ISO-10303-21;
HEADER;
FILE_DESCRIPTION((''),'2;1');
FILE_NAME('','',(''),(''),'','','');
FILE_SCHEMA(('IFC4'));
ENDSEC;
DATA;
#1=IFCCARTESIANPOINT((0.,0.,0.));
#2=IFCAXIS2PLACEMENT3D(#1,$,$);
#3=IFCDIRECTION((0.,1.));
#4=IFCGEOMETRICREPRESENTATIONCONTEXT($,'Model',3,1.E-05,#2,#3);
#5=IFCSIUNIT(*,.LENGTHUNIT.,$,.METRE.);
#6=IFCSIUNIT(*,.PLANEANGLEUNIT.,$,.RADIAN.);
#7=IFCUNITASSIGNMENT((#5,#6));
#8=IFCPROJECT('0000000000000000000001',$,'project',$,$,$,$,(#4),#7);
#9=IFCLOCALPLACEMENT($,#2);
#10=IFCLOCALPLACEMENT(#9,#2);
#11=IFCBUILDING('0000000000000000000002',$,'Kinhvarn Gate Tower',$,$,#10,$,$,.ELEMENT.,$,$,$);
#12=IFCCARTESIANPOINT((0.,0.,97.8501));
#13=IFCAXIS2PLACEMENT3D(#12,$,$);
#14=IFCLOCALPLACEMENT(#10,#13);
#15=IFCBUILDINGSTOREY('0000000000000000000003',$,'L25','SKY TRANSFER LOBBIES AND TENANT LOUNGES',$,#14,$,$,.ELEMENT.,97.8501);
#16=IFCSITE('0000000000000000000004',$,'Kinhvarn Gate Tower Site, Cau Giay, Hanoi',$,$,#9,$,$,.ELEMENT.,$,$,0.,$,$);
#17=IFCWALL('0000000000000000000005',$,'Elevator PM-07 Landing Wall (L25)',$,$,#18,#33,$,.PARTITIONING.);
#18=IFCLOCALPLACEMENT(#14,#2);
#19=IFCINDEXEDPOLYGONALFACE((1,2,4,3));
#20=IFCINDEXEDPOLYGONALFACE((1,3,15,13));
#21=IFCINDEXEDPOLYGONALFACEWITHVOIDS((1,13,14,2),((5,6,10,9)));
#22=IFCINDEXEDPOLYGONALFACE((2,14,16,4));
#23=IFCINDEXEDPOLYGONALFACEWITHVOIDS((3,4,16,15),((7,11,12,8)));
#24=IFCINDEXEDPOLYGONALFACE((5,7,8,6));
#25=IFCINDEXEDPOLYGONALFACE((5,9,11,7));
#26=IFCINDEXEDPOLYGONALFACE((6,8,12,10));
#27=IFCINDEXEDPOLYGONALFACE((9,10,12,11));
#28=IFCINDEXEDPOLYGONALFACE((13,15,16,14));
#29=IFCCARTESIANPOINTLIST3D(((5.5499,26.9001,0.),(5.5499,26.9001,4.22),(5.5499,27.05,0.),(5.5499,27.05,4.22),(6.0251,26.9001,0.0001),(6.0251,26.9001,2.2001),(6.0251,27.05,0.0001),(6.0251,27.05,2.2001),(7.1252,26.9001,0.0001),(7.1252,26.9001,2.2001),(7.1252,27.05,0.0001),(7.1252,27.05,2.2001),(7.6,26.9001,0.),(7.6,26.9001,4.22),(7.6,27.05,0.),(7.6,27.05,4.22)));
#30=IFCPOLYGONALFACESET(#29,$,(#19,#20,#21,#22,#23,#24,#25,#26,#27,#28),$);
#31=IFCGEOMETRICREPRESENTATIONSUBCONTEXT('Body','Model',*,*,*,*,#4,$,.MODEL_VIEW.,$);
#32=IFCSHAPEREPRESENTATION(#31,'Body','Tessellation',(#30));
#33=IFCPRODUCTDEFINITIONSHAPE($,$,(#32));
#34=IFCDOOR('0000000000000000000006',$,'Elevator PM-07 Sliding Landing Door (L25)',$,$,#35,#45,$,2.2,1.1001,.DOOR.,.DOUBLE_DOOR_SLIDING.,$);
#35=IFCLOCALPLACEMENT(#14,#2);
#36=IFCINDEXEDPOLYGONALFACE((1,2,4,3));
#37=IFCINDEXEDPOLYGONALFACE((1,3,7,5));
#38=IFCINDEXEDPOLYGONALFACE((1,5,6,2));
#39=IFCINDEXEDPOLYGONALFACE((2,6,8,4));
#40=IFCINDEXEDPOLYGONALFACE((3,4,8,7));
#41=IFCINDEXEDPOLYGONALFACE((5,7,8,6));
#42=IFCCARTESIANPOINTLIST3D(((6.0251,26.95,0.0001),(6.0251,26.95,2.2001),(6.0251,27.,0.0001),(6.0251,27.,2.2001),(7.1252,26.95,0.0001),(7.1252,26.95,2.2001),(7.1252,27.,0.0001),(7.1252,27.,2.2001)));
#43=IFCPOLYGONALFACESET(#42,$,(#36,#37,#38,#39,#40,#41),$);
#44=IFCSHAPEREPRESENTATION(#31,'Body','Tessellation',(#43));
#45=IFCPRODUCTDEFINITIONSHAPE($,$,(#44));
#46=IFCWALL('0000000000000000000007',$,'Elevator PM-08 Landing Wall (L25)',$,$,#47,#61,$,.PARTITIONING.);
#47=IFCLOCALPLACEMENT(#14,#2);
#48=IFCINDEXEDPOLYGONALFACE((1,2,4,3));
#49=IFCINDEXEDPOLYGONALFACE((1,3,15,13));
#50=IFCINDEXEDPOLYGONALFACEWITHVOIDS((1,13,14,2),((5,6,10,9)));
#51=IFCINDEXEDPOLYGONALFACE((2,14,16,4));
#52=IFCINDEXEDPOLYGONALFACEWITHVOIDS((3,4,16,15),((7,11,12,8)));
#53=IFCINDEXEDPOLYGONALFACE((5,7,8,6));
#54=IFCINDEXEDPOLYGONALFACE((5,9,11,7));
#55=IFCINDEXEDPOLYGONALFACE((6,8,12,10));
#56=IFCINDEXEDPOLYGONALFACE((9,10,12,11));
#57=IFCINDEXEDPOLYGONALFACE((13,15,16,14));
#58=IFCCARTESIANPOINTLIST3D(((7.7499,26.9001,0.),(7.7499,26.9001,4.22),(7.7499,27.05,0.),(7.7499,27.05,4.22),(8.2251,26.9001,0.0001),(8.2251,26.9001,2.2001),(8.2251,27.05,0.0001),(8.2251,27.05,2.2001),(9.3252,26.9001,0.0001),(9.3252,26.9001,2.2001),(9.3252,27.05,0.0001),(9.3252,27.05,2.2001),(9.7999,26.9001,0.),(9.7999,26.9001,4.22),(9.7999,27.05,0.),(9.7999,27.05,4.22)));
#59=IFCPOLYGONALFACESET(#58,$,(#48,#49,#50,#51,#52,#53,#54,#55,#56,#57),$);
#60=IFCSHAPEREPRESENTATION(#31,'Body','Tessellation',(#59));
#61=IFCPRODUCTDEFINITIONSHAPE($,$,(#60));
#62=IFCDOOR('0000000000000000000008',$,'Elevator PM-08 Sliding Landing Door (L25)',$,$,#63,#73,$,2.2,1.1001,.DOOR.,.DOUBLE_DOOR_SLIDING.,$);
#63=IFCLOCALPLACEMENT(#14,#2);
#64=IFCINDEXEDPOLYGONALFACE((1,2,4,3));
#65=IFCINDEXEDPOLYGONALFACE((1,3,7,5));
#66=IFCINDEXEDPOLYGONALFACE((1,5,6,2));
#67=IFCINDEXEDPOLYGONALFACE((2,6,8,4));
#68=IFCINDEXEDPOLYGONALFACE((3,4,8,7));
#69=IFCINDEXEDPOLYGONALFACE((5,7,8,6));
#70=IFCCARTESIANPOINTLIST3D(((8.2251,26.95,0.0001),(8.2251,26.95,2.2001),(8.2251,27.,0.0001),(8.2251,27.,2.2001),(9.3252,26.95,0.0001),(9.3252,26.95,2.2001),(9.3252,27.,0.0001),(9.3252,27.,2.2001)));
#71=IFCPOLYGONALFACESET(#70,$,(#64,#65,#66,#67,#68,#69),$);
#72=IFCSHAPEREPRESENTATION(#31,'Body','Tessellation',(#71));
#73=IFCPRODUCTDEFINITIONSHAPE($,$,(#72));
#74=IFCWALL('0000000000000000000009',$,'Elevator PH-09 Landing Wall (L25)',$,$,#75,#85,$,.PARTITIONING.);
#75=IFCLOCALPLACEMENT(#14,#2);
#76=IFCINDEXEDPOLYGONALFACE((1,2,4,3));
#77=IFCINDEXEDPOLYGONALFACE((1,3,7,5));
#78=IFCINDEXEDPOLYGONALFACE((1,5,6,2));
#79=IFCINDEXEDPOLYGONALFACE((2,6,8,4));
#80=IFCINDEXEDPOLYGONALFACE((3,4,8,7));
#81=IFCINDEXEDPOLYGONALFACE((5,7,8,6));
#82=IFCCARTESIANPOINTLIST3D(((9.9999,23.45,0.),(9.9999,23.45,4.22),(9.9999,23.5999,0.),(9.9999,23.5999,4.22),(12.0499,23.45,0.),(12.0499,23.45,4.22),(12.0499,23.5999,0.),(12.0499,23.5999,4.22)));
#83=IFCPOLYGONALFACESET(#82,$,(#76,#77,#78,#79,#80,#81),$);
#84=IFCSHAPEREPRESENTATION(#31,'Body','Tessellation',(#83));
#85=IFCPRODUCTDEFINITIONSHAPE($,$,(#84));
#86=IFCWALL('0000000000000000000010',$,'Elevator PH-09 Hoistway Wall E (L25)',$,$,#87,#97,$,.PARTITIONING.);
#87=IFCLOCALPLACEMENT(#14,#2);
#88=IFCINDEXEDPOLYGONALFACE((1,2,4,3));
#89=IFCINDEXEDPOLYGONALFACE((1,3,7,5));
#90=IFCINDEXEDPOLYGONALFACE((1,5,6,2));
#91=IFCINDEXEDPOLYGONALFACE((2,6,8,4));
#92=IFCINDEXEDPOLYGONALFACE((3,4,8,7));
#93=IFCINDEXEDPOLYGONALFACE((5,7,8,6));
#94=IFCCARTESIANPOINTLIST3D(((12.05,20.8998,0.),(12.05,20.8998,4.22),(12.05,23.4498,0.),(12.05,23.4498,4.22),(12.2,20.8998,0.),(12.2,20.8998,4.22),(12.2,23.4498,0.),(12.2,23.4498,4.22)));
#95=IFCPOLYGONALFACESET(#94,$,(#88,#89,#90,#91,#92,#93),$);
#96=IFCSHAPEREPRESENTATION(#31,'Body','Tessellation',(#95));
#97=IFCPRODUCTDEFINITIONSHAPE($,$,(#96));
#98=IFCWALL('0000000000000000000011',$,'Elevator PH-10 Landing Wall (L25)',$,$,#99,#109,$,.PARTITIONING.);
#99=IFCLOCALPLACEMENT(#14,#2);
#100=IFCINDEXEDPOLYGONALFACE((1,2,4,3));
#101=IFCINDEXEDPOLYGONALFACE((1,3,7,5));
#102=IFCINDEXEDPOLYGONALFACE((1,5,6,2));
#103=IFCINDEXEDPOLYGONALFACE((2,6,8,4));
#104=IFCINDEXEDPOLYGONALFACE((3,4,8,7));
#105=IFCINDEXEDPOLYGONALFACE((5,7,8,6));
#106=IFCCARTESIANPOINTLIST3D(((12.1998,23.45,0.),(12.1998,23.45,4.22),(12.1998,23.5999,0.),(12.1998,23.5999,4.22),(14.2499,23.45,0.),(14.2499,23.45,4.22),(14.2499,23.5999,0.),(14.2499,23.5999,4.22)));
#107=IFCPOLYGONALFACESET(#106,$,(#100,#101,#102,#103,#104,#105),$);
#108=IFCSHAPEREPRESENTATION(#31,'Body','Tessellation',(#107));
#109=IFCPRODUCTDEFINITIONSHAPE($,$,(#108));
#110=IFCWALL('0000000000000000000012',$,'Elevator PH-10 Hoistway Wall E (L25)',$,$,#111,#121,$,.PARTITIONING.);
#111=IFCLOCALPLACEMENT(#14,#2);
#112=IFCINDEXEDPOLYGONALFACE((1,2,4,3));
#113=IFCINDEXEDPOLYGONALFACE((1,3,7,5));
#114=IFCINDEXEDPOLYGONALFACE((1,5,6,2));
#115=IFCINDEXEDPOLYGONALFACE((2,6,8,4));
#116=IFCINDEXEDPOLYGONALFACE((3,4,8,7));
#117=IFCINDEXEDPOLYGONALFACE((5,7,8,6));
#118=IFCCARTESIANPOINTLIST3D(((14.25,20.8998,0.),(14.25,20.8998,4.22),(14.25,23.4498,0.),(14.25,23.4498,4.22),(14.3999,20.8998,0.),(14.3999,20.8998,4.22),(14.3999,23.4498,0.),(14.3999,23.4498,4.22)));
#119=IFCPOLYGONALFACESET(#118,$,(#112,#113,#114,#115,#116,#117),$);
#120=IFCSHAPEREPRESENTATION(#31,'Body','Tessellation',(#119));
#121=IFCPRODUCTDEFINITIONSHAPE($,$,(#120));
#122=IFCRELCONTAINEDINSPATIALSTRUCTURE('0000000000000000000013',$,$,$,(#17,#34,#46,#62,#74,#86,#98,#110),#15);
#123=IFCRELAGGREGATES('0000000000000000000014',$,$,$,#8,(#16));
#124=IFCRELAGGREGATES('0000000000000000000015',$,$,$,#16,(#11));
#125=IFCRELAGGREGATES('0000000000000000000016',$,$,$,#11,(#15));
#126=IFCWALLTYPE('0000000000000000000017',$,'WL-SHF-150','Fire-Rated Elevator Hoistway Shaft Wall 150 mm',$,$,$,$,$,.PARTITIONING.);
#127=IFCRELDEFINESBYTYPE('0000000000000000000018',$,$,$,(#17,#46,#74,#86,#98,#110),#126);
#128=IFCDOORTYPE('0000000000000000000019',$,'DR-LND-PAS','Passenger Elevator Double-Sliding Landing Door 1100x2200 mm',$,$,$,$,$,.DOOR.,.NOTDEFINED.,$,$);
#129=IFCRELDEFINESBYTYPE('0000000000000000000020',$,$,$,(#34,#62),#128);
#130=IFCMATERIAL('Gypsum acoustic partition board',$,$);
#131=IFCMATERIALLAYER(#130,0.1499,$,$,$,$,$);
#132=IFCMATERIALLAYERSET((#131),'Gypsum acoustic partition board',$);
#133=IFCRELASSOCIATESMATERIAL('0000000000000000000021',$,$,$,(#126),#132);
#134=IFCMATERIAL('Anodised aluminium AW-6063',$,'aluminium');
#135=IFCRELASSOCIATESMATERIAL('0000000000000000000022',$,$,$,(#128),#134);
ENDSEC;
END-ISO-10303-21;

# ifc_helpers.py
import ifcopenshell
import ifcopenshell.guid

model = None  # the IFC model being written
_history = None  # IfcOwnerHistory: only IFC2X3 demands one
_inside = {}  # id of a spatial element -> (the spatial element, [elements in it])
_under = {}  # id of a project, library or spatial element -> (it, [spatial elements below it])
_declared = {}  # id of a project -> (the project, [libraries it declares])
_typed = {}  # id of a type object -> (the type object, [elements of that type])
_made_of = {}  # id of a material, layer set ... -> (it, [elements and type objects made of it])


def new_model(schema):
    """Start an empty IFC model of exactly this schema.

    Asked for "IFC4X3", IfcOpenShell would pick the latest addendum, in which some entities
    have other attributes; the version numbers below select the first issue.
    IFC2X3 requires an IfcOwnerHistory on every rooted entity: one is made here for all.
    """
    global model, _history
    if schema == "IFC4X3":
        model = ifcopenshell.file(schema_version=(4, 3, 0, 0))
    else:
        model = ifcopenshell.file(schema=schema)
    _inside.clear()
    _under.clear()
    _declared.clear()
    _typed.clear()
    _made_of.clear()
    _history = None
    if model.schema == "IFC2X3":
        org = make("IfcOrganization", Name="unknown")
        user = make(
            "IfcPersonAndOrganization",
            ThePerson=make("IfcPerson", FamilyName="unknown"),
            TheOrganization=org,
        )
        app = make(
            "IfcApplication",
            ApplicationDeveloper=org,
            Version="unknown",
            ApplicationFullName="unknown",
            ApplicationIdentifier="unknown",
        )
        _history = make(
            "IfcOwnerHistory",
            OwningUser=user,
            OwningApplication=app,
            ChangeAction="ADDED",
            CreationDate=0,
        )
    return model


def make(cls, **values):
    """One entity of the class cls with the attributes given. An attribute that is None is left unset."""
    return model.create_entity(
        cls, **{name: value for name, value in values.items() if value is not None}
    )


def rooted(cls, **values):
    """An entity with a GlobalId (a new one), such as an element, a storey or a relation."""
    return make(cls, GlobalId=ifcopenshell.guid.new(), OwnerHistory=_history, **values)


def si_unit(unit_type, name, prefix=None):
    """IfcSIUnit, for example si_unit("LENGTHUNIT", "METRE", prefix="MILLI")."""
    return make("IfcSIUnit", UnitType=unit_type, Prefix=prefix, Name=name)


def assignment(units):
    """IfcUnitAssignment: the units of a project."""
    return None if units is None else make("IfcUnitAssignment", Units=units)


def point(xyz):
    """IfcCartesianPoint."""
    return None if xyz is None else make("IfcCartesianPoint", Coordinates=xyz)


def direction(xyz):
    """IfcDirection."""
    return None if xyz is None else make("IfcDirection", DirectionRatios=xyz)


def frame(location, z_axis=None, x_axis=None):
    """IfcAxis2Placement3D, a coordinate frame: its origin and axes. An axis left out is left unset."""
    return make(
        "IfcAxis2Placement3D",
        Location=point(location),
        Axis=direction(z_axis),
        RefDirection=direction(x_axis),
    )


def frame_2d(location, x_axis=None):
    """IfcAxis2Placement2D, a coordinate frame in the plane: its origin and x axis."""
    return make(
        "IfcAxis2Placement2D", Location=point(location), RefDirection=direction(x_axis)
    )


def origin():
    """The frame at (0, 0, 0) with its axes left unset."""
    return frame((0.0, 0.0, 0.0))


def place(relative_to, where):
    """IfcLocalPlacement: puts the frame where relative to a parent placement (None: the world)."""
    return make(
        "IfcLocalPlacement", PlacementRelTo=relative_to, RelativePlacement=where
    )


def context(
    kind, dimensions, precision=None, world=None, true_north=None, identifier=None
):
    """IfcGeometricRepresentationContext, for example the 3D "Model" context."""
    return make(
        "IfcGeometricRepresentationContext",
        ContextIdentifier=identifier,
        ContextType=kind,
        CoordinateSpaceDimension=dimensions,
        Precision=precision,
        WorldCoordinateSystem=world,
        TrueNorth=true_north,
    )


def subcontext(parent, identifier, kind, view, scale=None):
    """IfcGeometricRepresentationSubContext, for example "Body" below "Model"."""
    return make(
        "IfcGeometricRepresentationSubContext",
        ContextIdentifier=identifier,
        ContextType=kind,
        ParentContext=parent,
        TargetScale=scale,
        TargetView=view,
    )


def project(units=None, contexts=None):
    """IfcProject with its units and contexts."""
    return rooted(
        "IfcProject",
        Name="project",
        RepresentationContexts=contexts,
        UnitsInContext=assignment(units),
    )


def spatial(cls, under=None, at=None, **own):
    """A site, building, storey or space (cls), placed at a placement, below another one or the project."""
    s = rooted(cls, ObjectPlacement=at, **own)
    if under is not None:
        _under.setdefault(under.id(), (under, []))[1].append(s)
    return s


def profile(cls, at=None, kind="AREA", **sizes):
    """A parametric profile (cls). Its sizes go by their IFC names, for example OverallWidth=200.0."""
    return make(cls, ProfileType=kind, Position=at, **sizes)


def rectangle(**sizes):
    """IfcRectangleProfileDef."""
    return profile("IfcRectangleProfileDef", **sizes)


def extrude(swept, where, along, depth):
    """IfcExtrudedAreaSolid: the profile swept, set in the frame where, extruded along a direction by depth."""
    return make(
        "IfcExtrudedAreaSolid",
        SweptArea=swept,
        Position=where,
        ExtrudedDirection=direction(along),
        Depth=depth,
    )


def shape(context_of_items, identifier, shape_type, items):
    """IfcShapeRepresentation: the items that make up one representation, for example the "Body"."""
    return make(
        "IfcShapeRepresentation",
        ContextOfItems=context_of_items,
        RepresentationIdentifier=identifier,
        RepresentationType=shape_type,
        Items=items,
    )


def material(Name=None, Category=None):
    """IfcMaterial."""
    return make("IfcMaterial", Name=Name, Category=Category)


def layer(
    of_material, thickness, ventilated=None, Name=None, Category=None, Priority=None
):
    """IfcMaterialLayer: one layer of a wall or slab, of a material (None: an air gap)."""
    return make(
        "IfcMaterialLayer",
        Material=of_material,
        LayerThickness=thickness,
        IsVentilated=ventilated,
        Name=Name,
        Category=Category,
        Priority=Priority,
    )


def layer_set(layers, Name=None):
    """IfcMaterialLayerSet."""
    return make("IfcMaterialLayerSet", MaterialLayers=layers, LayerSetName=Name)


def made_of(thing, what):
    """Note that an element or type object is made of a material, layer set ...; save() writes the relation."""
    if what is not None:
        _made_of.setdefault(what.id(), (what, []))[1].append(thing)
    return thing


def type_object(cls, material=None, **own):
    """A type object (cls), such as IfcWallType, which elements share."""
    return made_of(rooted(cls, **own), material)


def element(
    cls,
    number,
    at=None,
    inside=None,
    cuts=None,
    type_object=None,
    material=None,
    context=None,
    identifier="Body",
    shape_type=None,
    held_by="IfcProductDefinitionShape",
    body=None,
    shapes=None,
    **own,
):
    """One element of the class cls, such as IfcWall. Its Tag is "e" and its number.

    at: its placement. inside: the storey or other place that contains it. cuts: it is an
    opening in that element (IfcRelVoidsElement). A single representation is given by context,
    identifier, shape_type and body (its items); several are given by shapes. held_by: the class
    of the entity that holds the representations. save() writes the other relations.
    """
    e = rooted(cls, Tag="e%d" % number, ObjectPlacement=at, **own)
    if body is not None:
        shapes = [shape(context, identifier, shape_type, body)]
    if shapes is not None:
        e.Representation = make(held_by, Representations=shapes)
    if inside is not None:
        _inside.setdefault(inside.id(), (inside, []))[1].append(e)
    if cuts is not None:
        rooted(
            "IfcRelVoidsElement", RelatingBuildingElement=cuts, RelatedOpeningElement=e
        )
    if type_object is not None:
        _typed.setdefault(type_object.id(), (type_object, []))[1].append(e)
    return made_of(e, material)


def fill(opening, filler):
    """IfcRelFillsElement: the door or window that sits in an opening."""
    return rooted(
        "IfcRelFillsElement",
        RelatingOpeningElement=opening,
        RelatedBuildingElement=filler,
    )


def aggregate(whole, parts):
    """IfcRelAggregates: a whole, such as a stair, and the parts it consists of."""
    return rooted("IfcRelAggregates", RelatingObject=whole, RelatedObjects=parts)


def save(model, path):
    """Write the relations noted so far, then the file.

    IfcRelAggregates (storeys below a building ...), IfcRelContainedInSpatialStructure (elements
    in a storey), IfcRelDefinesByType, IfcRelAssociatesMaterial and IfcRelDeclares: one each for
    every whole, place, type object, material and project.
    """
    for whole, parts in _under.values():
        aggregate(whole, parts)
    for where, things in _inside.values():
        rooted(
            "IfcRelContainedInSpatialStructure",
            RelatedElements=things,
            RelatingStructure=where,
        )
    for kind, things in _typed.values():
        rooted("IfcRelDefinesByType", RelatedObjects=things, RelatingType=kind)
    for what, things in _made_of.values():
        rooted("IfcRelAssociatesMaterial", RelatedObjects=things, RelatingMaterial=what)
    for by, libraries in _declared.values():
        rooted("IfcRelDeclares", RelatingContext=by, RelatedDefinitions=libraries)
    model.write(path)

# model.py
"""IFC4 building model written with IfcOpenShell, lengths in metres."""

from ifc_helpers import new_model, si_unit, direction, frame, frame_2d, origin, place, context, subcontext, project, spatial, rectangle, extrude, material, layer, layer_set, type_object, element, fill, save


model = new_model("IFC4")

# Units and contexts
model_context = context("Model", 3, precision=1e-05, world=origin(), true_north=direction((0.0, 1.0)))
body_context = subcontext(model_context, "Body", "Model", "MODEL_VIEW")
ifc_project = project(units=[si_unit("LENGTHUNIT", "METRE"), si_unit("PLANEANGLEUNIT", "RADIAN")], contexts=[model_context])

# Site, building, storey
site_placement = place(None, origin())
site = spatial("IfcSite", under=ifc_project, at=site_placement, Name="Kinhvarn Gate Tower Site, Cau Giay, Hanoi", CompositionType="ELEMENT", RefElevation=0.0)
building_placement = place(site_placement, origin())
building = spatial("IfcBuilding", under=site, at=building_placement, Name="Kinhvarn Gate Tower", CompositionType="ELEMENT")
storey_placement = place(building_placement, frame((0.0, 0.0, 97.8501)))
storey = spatial("IfcBuildingStorey", under=building, at=storey_placement, Name="L25", Description="SKY TRANSFER LOBBIES AND TENANT LOUNGES", CompositionType="ELEMENT", Elevation=97.8501)

# Shared definitions
ifc_material_1 = material(Name="Gypsum acoustic partition board")
ifc_material_2 = material(Name="Anodised aluminium AW-6063", Category="aluminium")

# Shared definitions
ifc_layer_1 = layer(ifc_material_1, 0.1499)
ifc_layer_set_1 = layer_set([ifc_layer_1], Name="Gypsum acoustic partition board")
wall_type_1 = type_object("IfcWallType", Name="WL-SHF-150", Description="Fire-Rated Elevator Hoistway Shaft Wall 150 mm", PredefinedType="PARTITIONING", material=ifc_layer_set_1)
door_type_1 = type_object("IfcDoorType", Name="DR-LND-PAS", Description="Passenger Elevator Double-Sliding Landing Door 1100x2200 mm", OperationType="NOTDEFINED", PredefinedType="DOOR", material=ifc_material_2)

# Walls, openings, doors
wall_1_placement = place(storey_placement, frame((5.55, 26.9751, 0.0), z_axis=(0.0, 0.0, 1.0), x_axis=(1.0, 0.0, 0.0)))
wall_1 = element("IfcWall", 1, at=wall_1_placement, inside=storey, type_object=wall_type_1, Name="Elevator PM-07 Landing Wall (L25)", PredefinedType="PARTITIONING", context=body_context, shape_type="SweptSolid", body=[
    extrude(rectangle(XDim=2.05, YDim=0.1499, at=frame_2d((1.0249, 0.0))), origin(), (0.0, 0.0, 1.0), 4.22),
])
opening_1_placement = place(wall_1_placement, frame((0.4751, 0.0, 0.0)))
opening_1 = element("IfcOpeningElement", 2, at=opening_1_placement, cuts=wall_1, PredefinedType="OPENING", context=body_context, shape_type="SweptSolid", body=[
    extrude(rectangle(XDim=1.1001, YDim=2.2, at=frame_2d((0.55, 1.1001))), frame((0.0, 0.085, 0.0), z_axis=(0.0, -1.0, 0.0), x_axis=(1.0, 0.0, 0.0)), (0.0, 0.0, 1.0), 0.1699),
])
door_1_placement = place(opening_1_placement, origin())
door_1 = element("IfcDoor", 3, at=door_1_placement, inside=storey, type_object=door_type_1, Name="Elevator PM-07 Sliding Landing Door (L25)", OperationType="DOUBLE_DOOR_SLIDING", OverallHeight=2.2, OverallWidth=1.1001, PredefinedType="DOOR", context=body_context, shape_type="SweptSolid", body=[
    extrude(rectangle(XDim=1.1001, YDim=2.2, at=frame_2d((0.55, 1.1001))), frame((0.0, 0.0249, 0.0), z_axis=(0.0, -1.0, 0.0), x_axis=(1.0, 0.0, 0.0)), (0.0, 0.0, 1.0), 0.05),
])
fill(opening_1, door_1)
wall_2_placement = place(storey_placement, frame((7.75, 26.9751, 0.0), z_axis=(0.0, 0.0, 1.0), x_axis=(1.0, 0.0, 0.0)))
wall_2 = element("IfcWall", 4, at=wall_2_placement, inside=storey, type_object=wall_type_1, Name="Elevator PM-08 Landing Wall (L25)", PredefinedType="PARTITIONING", context=body_context, shape_type="SweptSolid", body=[
    extrude(rectangle(XDim=2.05, YDim=0.1499, at=frame_2d((1.0249, 0.0))), origin(), (0.0, 0.0, 1.0), 4.22),
])
opening_2_placement = place(wall_2_placement, frame((0.4751, 0.0, 0.0)))
opening_2 = element("IfcOpeningElement", 5, at=opening_2_placement, cuts=wall_2, PredefinedType="OPENING", context=body_context, shape_type="SweptSolid", body=[
    extrude(rectangle(XDim=1.1001, YDim=2.2, at=frame_2d((0.55, 1.1001))), frame((0.0, 0.085, 0.0), z_axis=(0.0, -1.0, 0.0), x_axis=(1.0, 0.0, 0.0)), (0.0, 0.0, 1.0), 0.1699),
])
door_2_placement = place(opening_2_placement, origin())
door_2 = element("IfcDoor", 6, at=door_2_placement, inside=storey, type_object=door_type_1, Name="Elevator PM-08 Sliding Landing Door (L25)", OperationType="DOUBLE_DOOR_SLIDING", OverallHeight=2.2, OverallWidth=1.1001, PredefinedType="DOOR", context=body_context, shape_type="SweptSolid", body=[
    extrude(rectangle(XDim=1.1001, YDim=2.2, at=frame_2d((0.55, 1.1001))), frame((0.0, 0.0249, 0.0), z_axis=(0.0, -1.0, 0.0), x_axis=(1.0, 0.0, 0.0)), (0.0, 0.0, 1.0), 0.05),
])
fill(opening_2, door_2)

# Walls
wall_3_placement = place(storey_placement, frame((10.0, 23.5249, 0.0), z_axis=(0.0, 0.0, 1.0), x_axis=(1.0, 0.0, 0.0)))
element("IfcWall", 7, at=wall_3_placement, inside=storey, type_object=wall_type_1, Name="Elevator PH-09 Landing Wall (L25)", PredefinedType="PARTITIONING", context=body_context, shape_type="SweptSolid", body=[
    extrude(rectangle(XDim=2.05, YDim=0.1499, at=frame_2d((1.0249, 0.0))), origin(), (0.0, 0.0, 1.0), 4.22),
])
wall_4_placement = place(storey_placement, frame((12.125, 20.8999, 0.0), z_axis=(0.0, 0.0, 1.0), x_axis=(0.0, 1.0, 0.0)))
element("IfcWall", 8, at=wall_4_placement, inside=storey, type_object=wall_type_1, Name="Elevator PH-09 Hoistway Wall E (L25)", PredefinedType="PARTITIONING", context=body_context, shape_type="SweptSolid", body=[
    extrude(rectangle(XDim=2.55, YDim=0.1499, at=frame_2d((1.2749, 0.0))), origin(), (0.0, 0.0, 1.0), 4.22),
])
wall_5_placement = place(storey_placement, frame((12.2, 23.5249, 0.0), z_axis=(0.0, 0.0, 1.0), x_axis=(1.0, 0.0, 0.0)))
element("IfcWall", 9, at=wall_5_placement, inside=storey, type_object=wall_type_1, Name="Elevator PH-10 Landing Wall (L25)", PredefinedType="PARTITIONING", context=body_context, shape_type="SweptSolid", body=[
    extrude(rectangle(XDim=2.05, YDim=0.1499, at=frame_2d((1.0249, 0.0))), origin(), (0.0, 0.0, 1.0), 4.22),
])
wall_6_placement = place(storey_placement, frame((14.325, 20.8999, 0.0), z_axis=(0.0, 0.0, 1.0), x_axis=(0.0, 1.0, 0.0)))
element("IfcWall", 10, at=wall_6_placement, inside=storey, type_object=wall_type_1, Name="Elevator PH-10 Hoistway Wall E (L25)", PredefinedType="PARTITIONING", context=body_context, shape_type="SweptSolid", body=[
    extrude(rectangle(XDim=2.55, YDim=0.1499, at=frame_2d((1.2749, 0.0))), origin(), (0.0, 0.0, 1.0), 4.22),
])

save(model, "model.ifc")
